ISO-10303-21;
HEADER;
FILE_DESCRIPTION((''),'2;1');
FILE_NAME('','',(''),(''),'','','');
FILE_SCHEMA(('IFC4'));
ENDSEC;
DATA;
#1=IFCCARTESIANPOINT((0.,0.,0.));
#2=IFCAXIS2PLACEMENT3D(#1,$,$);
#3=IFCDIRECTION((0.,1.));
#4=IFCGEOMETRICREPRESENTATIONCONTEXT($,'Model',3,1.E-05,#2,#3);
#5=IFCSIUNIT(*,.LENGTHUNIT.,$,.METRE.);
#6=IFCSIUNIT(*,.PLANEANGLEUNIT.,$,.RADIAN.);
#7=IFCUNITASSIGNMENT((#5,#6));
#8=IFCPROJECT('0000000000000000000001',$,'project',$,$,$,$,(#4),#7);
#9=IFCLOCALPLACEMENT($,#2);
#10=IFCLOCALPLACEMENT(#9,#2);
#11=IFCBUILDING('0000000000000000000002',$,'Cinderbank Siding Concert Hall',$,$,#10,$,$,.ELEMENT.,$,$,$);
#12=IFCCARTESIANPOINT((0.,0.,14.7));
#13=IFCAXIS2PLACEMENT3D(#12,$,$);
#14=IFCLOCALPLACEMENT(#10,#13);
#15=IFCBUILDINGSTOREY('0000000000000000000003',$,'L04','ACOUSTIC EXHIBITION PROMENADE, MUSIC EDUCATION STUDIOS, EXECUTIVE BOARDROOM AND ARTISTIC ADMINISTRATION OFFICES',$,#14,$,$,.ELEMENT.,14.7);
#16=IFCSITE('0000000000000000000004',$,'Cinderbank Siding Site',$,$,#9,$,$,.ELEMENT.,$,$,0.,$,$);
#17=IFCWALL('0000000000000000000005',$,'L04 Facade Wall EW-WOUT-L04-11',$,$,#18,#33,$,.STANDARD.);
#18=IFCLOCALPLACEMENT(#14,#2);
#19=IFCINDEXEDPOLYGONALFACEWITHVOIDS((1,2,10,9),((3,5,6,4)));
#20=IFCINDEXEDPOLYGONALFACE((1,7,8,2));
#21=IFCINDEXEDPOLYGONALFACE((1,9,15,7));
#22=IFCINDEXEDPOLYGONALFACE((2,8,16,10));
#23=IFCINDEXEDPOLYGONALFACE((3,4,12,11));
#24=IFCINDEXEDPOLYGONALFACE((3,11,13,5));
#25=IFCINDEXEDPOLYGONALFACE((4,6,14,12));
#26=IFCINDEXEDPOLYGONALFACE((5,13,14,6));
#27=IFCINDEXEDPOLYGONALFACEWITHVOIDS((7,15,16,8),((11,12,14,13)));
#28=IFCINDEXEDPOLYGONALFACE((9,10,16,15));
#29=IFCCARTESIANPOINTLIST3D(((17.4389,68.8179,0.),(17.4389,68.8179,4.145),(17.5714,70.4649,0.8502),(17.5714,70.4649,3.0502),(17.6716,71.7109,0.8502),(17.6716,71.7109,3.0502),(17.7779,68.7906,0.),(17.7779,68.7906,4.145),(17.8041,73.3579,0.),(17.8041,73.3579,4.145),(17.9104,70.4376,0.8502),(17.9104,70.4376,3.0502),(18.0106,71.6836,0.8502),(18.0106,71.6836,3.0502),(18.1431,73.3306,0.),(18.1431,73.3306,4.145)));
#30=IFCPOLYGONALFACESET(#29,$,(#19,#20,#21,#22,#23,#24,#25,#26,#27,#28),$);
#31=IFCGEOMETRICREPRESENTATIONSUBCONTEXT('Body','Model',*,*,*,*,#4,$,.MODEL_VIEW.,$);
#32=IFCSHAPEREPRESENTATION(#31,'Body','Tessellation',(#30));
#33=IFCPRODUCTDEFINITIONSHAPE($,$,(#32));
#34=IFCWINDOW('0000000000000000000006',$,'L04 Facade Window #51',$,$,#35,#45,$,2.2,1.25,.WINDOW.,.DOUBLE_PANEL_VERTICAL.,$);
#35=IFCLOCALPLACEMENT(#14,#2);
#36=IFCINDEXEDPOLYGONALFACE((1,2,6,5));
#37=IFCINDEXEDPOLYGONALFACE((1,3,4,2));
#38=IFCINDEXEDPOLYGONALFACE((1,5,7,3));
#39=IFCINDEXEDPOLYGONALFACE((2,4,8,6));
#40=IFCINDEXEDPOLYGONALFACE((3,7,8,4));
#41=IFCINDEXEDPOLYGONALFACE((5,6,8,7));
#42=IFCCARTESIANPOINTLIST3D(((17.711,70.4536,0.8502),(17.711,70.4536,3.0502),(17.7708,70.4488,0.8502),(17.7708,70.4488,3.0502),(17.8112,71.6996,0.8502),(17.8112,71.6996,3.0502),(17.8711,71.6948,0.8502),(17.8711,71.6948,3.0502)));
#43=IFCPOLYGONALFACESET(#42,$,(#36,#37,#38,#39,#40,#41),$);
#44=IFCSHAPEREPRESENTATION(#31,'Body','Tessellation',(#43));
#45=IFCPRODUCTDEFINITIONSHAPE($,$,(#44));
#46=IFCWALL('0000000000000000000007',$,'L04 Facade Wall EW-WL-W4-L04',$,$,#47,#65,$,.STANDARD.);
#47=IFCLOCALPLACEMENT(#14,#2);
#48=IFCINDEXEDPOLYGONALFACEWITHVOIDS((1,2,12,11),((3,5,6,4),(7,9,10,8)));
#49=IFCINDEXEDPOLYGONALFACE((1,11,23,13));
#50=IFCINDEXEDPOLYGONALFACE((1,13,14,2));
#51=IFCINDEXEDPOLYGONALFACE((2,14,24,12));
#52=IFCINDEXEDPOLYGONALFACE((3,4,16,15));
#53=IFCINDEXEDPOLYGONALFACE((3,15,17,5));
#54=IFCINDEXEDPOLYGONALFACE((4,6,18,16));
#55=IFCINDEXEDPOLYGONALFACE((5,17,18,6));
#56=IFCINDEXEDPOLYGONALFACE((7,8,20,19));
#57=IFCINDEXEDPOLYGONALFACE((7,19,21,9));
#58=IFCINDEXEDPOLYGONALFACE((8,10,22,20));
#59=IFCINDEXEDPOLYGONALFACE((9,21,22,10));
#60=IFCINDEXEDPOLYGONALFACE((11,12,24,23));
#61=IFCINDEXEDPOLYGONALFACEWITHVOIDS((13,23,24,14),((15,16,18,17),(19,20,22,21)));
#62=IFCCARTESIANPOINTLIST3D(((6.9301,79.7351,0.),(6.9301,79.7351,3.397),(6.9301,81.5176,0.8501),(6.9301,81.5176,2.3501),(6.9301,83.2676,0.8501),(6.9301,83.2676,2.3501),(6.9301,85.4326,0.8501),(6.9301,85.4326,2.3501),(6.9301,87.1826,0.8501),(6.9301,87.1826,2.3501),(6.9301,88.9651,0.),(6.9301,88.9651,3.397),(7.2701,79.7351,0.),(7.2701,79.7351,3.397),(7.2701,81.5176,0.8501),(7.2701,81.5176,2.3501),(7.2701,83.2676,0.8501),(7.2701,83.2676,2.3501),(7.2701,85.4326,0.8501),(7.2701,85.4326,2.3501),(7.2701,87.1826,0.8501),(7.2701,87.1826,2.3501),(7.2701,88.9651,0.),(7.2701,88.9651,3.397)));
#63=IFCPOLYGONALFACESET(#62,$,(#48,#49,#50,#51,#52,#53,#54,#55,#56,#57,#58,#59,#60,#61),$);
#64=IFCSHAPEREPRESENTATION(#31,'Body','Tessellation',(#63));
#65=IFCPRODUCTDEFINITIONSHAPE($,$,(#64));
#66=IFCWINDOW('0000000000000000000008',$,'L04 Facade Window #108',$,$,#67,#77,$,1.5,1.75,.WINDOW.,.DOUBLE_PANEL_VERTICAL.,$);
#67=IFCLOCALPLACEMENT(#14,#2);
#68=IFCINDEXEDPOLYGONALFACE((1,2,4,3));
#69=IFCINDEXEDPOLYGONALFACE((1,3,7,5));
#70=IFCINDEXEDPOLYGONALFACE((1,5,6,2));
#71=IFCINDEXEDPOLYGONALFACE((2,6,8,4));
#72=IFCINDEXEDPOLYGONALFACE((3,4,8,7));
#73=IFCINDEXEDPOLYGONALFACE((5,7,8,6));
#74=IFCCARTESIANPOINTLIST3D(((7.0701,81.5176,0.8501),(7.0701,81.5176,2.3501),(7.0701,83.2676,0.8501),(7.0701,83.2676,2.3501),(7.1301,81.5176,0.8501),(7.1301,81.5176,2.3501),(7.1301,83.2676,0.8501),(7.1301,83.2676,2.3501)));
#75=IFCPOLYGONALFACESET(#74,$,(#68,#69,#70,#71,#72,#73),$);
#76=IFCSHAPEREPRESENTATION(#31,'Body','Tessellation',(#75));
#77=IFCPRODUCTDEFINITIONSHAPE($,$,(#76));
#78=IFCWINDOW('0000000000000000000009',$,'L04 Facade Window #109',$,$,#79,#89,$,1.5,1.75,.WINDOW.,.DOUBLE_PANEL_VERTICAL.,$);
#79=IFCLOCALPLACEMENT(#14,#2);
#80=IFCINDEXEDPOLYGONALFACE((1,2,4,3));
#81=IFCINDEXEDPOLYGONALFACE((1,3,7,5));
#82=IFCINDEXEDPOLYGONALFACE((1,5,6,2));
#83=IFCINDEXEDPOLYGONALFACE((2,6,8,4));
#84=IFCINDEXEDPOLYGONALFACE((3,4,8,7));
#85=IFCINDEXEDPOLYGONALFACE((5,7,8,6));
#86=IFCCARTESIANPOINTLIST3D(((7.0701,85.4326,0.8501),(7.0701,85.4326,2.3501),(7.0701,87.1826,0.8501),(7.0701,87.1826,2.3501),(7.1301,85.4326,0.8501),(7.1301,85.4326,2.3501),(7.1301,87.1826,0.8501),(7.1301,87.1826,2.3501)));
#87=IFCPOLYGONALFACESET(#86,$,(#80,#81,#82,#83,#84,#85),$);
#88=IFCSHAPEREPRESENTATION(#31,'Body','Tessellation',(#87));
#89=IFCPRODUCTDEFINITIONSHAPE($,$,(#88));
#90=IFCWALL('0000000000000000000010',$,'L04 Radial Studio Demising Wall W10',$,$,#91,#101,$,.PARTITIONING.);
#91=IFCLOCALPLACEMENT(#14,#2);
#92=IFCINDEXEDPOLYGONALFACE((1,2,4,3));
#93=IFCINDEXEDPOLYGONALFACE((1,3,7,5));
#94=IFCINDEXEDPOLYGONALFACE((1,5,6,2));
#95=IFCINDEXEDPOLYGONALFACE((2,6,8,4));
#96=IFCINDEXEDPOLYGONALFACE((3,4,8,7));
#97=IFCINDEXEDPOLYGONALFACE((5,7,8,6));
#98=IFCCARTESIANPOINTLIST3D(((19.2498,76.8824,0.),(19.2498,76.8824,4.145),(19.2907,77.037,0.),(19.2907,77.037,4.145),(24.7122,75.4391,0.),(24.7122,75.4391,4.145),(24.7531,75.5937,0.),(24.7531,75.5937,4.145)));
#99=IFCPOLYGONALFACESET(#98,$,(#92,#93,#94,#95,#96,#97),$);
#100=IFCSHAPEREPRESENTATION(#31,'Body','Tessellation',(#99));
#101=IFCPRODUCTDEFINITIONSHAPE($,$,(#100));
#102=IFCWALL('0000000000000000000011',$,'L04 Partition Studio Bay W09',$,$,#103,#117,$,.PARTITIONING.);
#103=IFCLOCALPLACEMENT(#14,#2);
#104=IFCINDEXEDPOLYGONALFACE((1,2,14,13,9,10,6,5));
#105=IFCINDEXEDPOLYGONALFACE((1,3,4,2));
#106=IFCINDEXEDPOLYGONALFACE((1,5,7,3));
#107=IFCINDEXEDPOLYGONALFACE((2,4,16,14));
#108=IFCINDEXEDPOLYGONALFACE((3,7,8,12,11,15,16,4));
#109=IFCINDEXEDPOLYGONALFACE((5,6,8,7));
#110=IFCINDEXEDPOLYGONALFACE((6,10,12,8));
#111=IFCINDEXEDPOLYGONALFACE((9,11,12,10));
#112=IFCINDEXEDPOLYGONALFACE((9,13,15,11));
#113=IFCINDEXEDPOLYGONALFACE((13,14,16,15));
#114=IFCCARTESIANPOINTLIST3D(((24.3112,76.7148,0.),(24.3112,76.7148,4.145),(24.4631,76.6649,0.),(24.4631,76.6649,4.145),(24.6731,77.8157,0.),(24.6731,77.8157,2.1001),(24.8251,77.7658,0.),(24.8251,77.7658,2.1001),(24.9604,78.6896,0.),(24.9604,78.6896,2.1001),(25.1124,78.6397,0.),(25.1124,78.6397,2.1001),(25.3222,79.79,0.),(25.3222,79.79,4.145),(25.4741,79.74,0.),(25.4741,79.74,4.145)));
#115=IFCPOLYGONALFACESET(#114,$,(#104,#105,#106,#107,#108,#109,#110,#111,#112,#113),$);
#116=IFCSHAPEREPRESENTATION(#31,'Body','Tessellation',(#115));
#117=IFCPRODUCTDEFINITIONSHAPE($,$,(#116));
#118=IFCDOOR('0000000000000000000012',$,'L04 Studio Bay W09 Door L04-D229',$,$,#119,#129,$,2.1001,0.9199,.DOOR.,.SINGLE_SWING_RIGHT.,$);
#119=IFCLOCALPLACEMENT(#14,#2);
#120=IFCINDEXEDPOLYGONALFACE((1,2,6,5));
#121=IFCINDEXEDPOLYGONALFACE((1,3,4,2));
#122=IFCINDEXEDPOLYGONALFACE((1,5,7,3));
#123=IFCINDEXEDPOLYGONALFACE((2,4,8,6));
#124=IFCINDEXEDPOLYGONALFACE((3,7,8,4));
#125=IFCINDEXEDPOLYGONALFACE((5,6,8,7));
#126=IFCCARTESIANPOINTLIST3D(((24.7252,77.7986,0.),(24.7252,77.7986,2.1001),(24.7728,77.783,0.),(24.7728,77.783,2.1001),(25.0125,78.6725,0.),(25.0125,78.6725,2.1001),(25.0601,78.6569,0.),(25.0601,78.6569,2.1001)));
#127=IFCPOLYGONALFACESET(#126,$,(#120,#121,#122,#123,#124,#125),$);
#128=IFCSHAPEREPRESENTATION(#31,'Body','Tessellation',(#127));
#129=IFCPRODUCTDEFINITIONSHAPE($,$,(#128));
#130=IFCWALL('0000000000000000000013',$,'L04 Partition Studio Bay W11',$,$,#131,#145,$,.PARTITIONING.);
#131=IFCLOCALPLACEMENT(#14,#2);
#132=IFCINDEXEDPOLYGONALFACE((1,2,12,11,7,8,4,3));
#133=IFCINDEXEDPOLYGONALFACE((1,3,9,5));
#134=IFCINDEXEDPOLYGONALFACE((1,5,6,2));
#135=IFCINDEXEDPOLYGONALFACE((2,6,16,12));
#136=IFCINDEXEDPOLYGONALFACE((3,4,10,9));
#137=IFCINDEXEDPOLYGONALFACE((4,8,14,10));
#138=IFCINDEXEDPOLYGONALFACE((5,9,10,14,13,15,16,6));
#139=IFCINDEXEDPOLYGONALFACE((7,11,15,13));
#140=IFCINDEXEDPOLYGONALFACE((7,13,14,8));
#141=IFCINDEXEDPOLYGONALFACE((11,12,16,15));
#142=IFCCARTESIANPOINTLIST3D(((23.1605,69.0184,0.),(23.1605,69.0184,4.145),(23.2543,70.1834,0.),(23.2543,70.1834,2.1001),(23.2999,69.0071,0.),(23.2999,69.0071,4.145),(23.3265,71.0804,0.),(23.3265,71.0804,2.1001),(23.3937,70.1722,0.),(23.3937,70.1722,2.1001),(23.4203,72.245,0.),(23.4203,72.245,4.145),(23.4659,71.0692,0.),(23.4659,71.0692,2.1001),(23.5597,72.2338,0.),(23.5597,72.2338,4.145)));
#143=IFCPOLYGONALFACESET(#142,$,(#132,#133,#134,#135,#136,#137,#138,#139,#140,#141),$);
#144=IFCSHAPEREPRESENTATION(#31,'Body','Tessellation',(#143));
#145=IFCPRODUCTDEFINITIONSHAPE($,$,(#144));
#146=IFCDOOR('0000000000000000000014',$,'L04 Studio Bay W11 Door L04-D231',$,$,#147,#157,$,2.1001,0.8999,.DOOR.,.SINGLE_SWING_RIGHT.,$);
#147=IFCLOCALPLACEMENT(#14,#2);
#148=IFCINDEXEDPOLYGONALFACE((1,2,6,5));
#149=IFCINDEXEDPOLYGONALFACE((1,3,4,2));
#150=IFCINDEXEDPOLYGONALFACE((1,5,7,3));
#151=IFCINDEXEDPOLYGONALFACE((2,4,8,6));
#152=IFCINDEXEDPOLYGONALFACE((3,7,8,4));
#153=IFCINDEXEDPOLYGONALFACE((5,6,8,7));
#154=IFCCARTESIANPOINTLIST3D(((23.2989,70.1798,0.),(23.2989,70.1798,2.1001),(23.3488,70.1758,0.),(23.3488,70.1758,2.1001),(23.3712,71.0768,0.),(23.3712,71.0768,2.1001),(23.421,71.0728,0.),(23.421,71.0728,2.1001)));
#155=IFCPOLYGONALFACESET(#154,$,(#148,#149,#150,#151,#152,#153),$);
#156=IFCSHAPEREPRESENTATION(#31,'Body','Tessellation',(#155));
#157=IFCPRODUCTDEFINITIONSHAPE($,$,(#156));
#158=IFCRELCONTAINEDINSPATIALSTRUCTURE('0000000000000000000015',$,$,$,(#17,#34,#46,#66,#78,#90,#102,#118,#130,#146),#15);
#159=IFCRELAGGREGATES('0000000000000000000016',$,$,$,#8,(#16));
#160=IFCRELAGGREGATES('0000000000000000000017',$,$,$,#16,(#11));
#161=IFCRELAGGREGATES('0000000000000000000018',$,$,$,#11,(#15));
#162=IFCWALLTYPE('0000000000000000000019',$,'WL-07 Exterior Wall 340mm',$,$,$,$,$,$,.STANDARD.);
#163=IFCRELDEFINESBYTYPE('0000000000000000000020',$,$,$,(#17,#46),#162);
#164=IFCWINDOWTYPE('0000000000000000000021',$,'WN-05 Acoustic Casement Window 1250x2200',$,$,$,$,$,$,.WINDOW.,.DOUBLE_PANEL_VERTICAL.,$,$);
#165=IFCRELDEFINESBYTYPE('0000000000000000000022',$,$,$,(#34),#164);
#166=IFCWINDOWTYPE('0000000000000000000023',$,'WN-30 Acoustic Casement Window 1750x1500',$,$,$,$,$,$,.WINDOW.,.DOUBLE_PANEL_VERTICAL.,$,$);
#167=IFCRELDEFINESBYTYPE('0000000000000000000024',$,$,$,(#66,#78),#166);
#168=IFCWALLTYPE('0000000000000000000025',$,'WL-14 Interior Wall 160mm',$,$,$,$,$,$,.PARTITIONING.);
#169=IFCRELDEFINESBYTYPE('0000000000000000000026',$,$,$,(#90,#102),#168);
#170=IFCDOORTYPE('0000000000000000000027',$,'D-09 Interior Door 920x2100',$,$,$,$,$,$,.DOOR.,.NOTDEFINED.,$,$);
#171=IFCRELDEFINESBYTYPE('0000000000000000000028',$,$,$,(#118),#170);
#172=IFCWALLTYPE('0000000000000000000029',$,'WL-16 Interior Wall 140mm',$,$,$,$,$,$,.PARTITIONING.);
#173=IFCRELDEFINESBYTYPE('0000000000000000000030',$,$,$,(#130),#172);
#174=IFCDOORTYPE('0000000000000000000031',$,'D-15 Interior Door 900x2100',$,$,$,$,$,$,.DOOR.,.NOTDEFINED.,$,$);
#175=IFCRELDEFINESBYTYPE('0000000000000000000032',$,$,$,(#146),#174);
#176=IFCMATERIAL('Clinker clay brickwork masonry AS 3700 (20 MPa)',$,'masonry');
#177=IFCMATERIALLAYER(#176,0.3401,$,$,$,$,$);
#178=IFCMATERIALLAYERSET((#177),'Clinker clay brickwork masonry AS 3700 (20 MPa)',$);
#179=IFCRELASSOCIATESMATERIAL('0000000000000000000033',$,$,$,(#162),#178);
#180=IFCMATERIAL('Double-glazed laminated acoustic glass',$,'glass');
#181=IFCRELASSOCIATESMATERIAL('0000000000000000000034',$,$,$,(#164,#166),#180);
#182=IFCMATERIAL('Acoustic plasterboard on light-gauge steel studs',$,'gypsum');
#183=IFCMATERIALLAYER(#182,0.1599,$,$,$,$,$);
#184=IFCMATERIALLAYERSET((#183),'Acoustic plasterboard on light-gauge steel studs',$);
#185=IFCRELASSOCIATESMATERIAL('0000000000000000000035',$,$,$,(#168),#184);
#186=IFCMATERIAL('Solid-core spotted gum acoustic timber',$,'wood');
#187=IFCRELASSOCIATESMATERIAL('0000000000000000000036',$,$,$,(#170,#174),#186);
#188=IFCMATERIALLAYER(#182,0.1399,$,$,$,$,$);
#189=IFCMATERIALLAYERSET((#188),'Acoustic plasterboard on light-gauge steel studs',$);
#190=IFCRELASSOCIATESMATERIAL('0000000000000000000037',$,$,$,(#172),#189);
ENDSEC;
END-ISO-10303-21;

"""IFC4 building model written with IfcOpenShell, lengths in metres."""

from ifc_helpers import new_model, si_unit, direction, frame, frame_2d, origin, place, context, subcontext, project, spatial, rectangle, extrude, material, layer, layer_set, type_object, element, fill, save


model = new_model("IFC4")

# Units and contexts
model_context = context("Model", 3, precision=1e-05, world=origin(), true_north=direction((0.0, 1.0)))
body_context = subcontext(model_context, "Body", "Model", "MODEL_VIEW")
ifc_project = project(units=[si_unit("LENGTHUNIT", "METRE"), si_unit("PLANEANGLEUNIT", "RADIAN")], contexts=[model_context])

# Site, building, storey
site_placement = place(None, origin())
site = spatial("IfcSite", under=ifc_project, at=site_placement, Name="Cinderbank Siding Site", CompositionType="ELEMENT", RefElevation=0.0)
building_placement = place(site_placement, origin())
building = spatial("IfcBuilding", under=site, at=building_placement, Name="Cinderbank Siding Concert Hall", CompositionType="ELEMENT")
storey_placement = place(building_placement, frame((0.0, 0.0, 14.7)))
storey = spatial("IfcBuildingStorey", under=building, at=storey_placement, Name="L04", Description="ACOUSTIC EXHIBITION PROMENADE, MUSIC EDUCATION STUDIOS, EXECUTIVE BOARDROOM AND ARTISTIC ADMINISTRATION OFFICES", CompositionType="ELEMENT", Elevation=14.7)

# Wall, opening, window
ifc_material_1 = material(Name="Clinker clay brickwork masonry AS 3700 (20 MPa)", Category="masonry")
ifc_layer_1 = layer(ifc_material_1, 0.3401)
ifc_layer_set_1 = layer_set([ifc_layer_1], Name="Clinker clay brickwork masonry AS 3700 (20 MPa)")
wall_type_1 = type_object("IfcWallType", Name="WL-07 Exterior Wall 340mm", PredefinedType="STANDARD", material=ifc_layer_set_1)
ifc_material_2 = material(Name="Double-glazed laminated acoustic glass", Category="glass")
wall_1_placement = place(storey_placement, frame((17.9736, 73.3442, 0.0), z_axis=(0.0, 0.0, 1.0), x_axis=(-0.080188, -0.99678, 0.0)))
wall_1 = element("IfcWall", 1, at=wall_1_placement, inside=storey, type_object=wall_type_1, Name="L04 Facade Wall EW-WOUT-L04-11", PredefinedType="STANDARD", context=body_context, shape_type="SweptSolid", body=[
    extrude(rectangle(XDim=4.5547, YDim=0.3401, at=frame_2d((2.2773, 0.0))), origin(), (0.0, 0.0, 1.0), 4.145),
])
opening_1_placement = place(wall_1_placement, frame((1.6523, 0.0, 0.8501)))
opening_1 = element("IfcOpeningElement", 2, at=opening_1_placement, cuts=wall_1, PredefinedType="OPENING", context=body_context, shape_type="SweptSolid", body=[
    extrude(rectangle(XDim=1.25, YDim=2.2, at=frame_2d((0.625, 1.1001))), frame((0.0, 0.1821, 0.0), z_axis=(0.0, -1.0, 0.0), x_axis=(1.0, 0.0, 0.0)), (0.0, 0.0, 1.0), 0.364),
])
window_type_1 = type_object("IfcWindowType", Name="WN-05 Acoustic Casement Window 1250x2200", PartitioningType="DOUBLE_PANEL_VERTICAL", PredefinedType="WINDOW", material=ifc_material_2)
window_1_placement = place(opening_1_placement, origin())
window_1 = element("IfcWindow", 3, at=window_1_placement, inside=storey, type_object=window_type_1, Name="L04 Facade Window #51", OverallHeight=2.2, OverallWidth=1.25, PartitioningType="DOUBLE_PANEL_VERTICAL", PredefinedType="WINDOW", context=body_context, shape_type="SweptSolid", body=[
    extrude(rectangle(XDim=1.25, YDim=2.2, at=frame_2d((0.625, 1.1001))), frame((0.0, 0.03, 0.0), z_axis=(0.0, -1.0, 0.0), x_axis=(1.0, 0.0, 0.0)), (0.0, 0.0, 1.0), 0.0601),
])
fill(opening_1, window_1)

# Wall, openings, windows
wall_2_placement = place(storey_placement, frame((7.1001, 79.7351, 0.0), z_axis=(0.0, 0.0, 1.0), x_axis=(0.0, 1.0, 0.0)))
wall_2 = element("IfcWall", 4, at=wall_2_placement, inside=storey, type_object=wall_type_1, Name="L04 Facade Wall EW-WL-W4-L04", PredefinedType="STANDARD", context=body_context, shape_type="SweptSolid", body=[
    extrude(rectangle(XDim=9.23, YDim=0.3401, at=frame_2d((4.615, 0.0))), origin(), (0.0, 0.0, 1.0), 3.397),
])
opening_2_placement = place(wall_2_placement, frame((1.7825, 0.0, 0.8501)))
opening_2 = element("IfcOpeningElement", 5, at=opening_2_placement, cuts=wall_2, PredefinedType="OPENING", context=body_context, shape_type="SweptSolid", body=[
    extrude(rectangle(XDim=1.75, YDim=1.5, at=frame_2d((0.875, 0.75))), frame((0.0, 0.1821, 0.0), z_axis=(0.0, -1.0, 0.0), x_axis=(1.0, 0.0, 0.0)), (0.0, 0.0, 1.0), 0.364),
])
opening_3_placement = place(wall_2_placement, frame((5.6975, 0.0, 0.8501)))
opening_3 = element("IfcOpeningElement", 6, at=opening_3_placement, cuts=wall_2, PredefinedType="OPENING", context=body_context, shape_type="SweptSolid", body=[
    extrude(rectangle(XDim=1.75, YDim=1.5, at=frame_2d((0.875, 0.75))), frame((0.0, 0.1821, 0.0), z_axis=(0.0, -1.0, 0.0), x_axis=(1.0, 0.0, 0.0)), (0.0, 0.0, 1.0), 0.364),
])
window_type_2 = type_object("IfcWindowType", Name="WN-30 Acoustic Casement Window 1750x1500", PartitioningType="DOUBLE_PANEL_VERTICAL", PredefinedType="WINDOW", material=ifc_material_2)
window_2_placement = place(opening_2_placement, origin())
window_2 = element("IfcWindow", 7, at=window_2_placement, inside=storey, type_object=window_type_2, Name="L04 Facade Window #108", OverallHeight=1.5, OverallWidth=1.75, PartitioningType="DOUBLE_PANEL_VERTICAL", PredefinedType="WINDOW", context=body_context, shape_type="SweptSolid", body=[
    extrude(rectangle(XDim=1.75, YDim=1.5, at=frame_2d((0.875, 0.75))), frame((0.0, 0.03, 0.0), z_axis=(0.0, -1.0, 0.0), x_axis=(1.0, 0.0, 0.0)), (0.0, 0.0, 1.0), 0.0601),
])
fill(opening_2, window_2)
window_3_placement = place(opening_3_placement, origin())
window_3 = element("IfcWindow", 8, at=window_3_placement, inside=storey, type_object=window_type_2, Name="L04 Facade Window #109", OverallHeight=1.5, OverallWidth=1.75, PartitioningType="DOUBLE_PANEL_VERTICAL", PredefinedType="WINDOW", context=body_context, shape_type="SweptSolid", body=[
    extrude(rectangle(XDim=1.75, YDim=1.5, at=frame_2d((0.875, 0.75))), frame((0.0, 0.03, 0.0), z_axis=(0.0, -1.0, 0.0), x_axis=(1.0, 0.0, 0.0)), (0.0, 0.0, 1.0), 0.0601),
])
fill(opening_3, window_3)

# Wall
ifc_material_3 = material(Name="Acoustic plasterboard on light-gauge steel studs", Category="gypsum")
ifc_layer_2 = layer(ifc_material_3, 0.1599)
ifc_layer_set_2 = layer_set([ifc_layer_2], Name="Acoustic plasterboard on light-gauge steel studs")
wall_type_2 = type_object("IfcWallType", Name="WL-14 Interior Wall 160mm", PredefinedType="PARTITIONING", material=ifc_layer_set_2)
wall_3_placement = place(storey_placement, frame((24.7327, 75.5164, 0.0), z_axis=(0.0, 0.0, 1.0), x_axis=(-0.966818, 0.255467, 0.0)))
element("IfcWall", 9, at=wall_3_placement, inside=storey, type_object=wall_type_2, Name="L04 Radial Studio Demising Wall W10", PredefinedType="PARTITIONING", context=body_context, shape_type="SweptSolid", body=[
    extrude(rectangle(XDim=5.6499, YDim=0.1599, at=frame_2d((2.825, 0.0))), origin(), (0.0, 0.0, 1.0), 4.145),
])

# Walls, openings, doors
wall_4_placement = place(storey_placement, frame((25.3982, 79.7651, 0.0), z_axis=(0.0, 0.0, 1.0), x_axis=(-0.312311, -0.94998, 0.0)))
wall_4 = element("IfcWall", 10, at=wall_4_placement, inside=storey, type_object=wall_type_2, Name="L04 Partition Studio Bay W09", PredefinedType="PARTITIONING", context=body_context, shape_type="SweptSolid", body=[
    extrude(rectangle(XDim=3.2371, YDim=0.1599, at=frame_2d((1.6187, 0.0))), origin(), (0.0, 0.0, 1.0), 4.145),
])
opening_4_placement = place(wall_4_placement, frame((1.1584, 0.0, 0.0)))
opening_4 = element("IfcOpeningElement", 11, at=opening_4_placement, cuts=wall_4, PredefinedType="OPENING", context=body_context, shape_type="SweptSolid", body=[
    extrude(rectangle(XDim=0.9199, YDim=2.1001, at=frame_2d((0.46, 1.05))), frame((0.0, 0.0918, 0.0), z_axis=(0.0, -1.0, 0.0), x_axis=(1.0, 0.0, 0.0)), (0.0, 0.0, 1.0), 0.1838),
])
ifc_material_4 = material(Name="Solid-core spotted gum acoustic timber", Category="wood")
door_type_1 = type_object("IfcDoorType", Name="D-09 Interior Door 920x2100", OperationType="NOTDEFINED", PredefinedType="DOOR", material=ifc_material_4)
door_1_placement = place(opening_4_placement, origin())
door_1 = element("IfcDoor", 12, at=door_1_placement, inside=storey, type_object=door_type_1, Name="L04 Studio Bay W09 Door L04-D229", OperationType="SINGLE_SWING_RIGHT", OverallHeight=2.1001, OverallWidth=0.9199, PredefinedType="DOOR", context=body_context, shape_type="SweptSolid", body=[
    extrude(rectangle(XDim=0.9199, YDim=2.1001, at=frame_2d((0.46, 1.05))), frame((0.0, 0.0249, 0.0), z_axis=(0.0, -1.0, 0.0), x_axis=(1.0, 0.0, 0.0)), (0.0, 0.0, 1.0), 0.05),
])
fill(opening_4, door_1)
ifc_layer_3 = layer(ifc_material_3, 0.1399)
ifc_layer_set_3 = layer_set([ifc_layer_3], Name="Acoustic plasterboard on light-gauge steel studs")
wall_type_3 = type_object("IfcWallType", Name="WL-16 Interior Wall 140mm", PredefinedType="PARTITIONING", material=ifc_layer_set_3)
wall_5_placement = place(storey_placement, frame((23.49, 72.2395, 0.0), z_axis=(0.0, 0.0, 1.0), x_axis=(-0.080249, -0.996775, 0.0)))
wall_5 = element("IfcWall", 13, at=wall_5_placement, inside=storey, type_object=wall_type_3, Name="L04 Partition Studio Bay W11", PredefinedType="PARTITIONING", context=body_context, shape_type="SweptSolid", body=[
    extrude(rectangle(XDim=3.2371, YDim=0.1399, at=frame_2d((1.6187, 0.0))), origin(), (0.0, 0.0, 1.0), 4.145),
])
opening_5_placement = place(wall_5_placement, frame((1.1685, 0.0, 0.0)))
opening_5 = element("IfcOpeningElement", 14, at=opening_5_placement, cuts=wall_5, PredefinedType="OPENING", context=body_context, shape_type="SweptSolid", body=[
    extrude(rectangle(XDim=0.8999, YDim=2.1001, at=frame_2d((0.45, 1.05))), frame((0.0, 0.082, 0.0), z_axis=(0.0, -1.0, 0.0), x_axis=(1.0, 0.0, 0.0)), (0.0, 0.0, 1.0), 0.1638),
])
door_type_2 = type_object("IfcDoorType", Name="D-15 Interior Door 900x2100", OperationType="NOTDEFINED", PredefinedType="DOOR", material=ifc_material_4)
door_2_placement = place(opening_5_placement, origin())
door_2 = element("IfcDoor", 15, at=door_2_placement, inside=storey, type_object=door_type_2, Name="L04 Studio Bay W11 Door L04-D231", OperationType="SINGLE_SWING_RIGHT", OverallHeight=2.1001, OverallWidth=0.8999, PredefinedType="DOOR", context=body_context, shape_type="SweptSolid", body=[
    extrude(rectangle(XDim=0.8999, YDim=2.1001, at=frame_2d((0.45, 1.05))), frame((0.0, 0.0249, 0.0), z_axis=(0.0, -1.0, 0.0), x_axis=(1.0, 0.0, 0.0)), (0.0, 0.0, 1.0), 0.05),
])
fill(opening_5, door_2)

save(model, "model.ifc")
